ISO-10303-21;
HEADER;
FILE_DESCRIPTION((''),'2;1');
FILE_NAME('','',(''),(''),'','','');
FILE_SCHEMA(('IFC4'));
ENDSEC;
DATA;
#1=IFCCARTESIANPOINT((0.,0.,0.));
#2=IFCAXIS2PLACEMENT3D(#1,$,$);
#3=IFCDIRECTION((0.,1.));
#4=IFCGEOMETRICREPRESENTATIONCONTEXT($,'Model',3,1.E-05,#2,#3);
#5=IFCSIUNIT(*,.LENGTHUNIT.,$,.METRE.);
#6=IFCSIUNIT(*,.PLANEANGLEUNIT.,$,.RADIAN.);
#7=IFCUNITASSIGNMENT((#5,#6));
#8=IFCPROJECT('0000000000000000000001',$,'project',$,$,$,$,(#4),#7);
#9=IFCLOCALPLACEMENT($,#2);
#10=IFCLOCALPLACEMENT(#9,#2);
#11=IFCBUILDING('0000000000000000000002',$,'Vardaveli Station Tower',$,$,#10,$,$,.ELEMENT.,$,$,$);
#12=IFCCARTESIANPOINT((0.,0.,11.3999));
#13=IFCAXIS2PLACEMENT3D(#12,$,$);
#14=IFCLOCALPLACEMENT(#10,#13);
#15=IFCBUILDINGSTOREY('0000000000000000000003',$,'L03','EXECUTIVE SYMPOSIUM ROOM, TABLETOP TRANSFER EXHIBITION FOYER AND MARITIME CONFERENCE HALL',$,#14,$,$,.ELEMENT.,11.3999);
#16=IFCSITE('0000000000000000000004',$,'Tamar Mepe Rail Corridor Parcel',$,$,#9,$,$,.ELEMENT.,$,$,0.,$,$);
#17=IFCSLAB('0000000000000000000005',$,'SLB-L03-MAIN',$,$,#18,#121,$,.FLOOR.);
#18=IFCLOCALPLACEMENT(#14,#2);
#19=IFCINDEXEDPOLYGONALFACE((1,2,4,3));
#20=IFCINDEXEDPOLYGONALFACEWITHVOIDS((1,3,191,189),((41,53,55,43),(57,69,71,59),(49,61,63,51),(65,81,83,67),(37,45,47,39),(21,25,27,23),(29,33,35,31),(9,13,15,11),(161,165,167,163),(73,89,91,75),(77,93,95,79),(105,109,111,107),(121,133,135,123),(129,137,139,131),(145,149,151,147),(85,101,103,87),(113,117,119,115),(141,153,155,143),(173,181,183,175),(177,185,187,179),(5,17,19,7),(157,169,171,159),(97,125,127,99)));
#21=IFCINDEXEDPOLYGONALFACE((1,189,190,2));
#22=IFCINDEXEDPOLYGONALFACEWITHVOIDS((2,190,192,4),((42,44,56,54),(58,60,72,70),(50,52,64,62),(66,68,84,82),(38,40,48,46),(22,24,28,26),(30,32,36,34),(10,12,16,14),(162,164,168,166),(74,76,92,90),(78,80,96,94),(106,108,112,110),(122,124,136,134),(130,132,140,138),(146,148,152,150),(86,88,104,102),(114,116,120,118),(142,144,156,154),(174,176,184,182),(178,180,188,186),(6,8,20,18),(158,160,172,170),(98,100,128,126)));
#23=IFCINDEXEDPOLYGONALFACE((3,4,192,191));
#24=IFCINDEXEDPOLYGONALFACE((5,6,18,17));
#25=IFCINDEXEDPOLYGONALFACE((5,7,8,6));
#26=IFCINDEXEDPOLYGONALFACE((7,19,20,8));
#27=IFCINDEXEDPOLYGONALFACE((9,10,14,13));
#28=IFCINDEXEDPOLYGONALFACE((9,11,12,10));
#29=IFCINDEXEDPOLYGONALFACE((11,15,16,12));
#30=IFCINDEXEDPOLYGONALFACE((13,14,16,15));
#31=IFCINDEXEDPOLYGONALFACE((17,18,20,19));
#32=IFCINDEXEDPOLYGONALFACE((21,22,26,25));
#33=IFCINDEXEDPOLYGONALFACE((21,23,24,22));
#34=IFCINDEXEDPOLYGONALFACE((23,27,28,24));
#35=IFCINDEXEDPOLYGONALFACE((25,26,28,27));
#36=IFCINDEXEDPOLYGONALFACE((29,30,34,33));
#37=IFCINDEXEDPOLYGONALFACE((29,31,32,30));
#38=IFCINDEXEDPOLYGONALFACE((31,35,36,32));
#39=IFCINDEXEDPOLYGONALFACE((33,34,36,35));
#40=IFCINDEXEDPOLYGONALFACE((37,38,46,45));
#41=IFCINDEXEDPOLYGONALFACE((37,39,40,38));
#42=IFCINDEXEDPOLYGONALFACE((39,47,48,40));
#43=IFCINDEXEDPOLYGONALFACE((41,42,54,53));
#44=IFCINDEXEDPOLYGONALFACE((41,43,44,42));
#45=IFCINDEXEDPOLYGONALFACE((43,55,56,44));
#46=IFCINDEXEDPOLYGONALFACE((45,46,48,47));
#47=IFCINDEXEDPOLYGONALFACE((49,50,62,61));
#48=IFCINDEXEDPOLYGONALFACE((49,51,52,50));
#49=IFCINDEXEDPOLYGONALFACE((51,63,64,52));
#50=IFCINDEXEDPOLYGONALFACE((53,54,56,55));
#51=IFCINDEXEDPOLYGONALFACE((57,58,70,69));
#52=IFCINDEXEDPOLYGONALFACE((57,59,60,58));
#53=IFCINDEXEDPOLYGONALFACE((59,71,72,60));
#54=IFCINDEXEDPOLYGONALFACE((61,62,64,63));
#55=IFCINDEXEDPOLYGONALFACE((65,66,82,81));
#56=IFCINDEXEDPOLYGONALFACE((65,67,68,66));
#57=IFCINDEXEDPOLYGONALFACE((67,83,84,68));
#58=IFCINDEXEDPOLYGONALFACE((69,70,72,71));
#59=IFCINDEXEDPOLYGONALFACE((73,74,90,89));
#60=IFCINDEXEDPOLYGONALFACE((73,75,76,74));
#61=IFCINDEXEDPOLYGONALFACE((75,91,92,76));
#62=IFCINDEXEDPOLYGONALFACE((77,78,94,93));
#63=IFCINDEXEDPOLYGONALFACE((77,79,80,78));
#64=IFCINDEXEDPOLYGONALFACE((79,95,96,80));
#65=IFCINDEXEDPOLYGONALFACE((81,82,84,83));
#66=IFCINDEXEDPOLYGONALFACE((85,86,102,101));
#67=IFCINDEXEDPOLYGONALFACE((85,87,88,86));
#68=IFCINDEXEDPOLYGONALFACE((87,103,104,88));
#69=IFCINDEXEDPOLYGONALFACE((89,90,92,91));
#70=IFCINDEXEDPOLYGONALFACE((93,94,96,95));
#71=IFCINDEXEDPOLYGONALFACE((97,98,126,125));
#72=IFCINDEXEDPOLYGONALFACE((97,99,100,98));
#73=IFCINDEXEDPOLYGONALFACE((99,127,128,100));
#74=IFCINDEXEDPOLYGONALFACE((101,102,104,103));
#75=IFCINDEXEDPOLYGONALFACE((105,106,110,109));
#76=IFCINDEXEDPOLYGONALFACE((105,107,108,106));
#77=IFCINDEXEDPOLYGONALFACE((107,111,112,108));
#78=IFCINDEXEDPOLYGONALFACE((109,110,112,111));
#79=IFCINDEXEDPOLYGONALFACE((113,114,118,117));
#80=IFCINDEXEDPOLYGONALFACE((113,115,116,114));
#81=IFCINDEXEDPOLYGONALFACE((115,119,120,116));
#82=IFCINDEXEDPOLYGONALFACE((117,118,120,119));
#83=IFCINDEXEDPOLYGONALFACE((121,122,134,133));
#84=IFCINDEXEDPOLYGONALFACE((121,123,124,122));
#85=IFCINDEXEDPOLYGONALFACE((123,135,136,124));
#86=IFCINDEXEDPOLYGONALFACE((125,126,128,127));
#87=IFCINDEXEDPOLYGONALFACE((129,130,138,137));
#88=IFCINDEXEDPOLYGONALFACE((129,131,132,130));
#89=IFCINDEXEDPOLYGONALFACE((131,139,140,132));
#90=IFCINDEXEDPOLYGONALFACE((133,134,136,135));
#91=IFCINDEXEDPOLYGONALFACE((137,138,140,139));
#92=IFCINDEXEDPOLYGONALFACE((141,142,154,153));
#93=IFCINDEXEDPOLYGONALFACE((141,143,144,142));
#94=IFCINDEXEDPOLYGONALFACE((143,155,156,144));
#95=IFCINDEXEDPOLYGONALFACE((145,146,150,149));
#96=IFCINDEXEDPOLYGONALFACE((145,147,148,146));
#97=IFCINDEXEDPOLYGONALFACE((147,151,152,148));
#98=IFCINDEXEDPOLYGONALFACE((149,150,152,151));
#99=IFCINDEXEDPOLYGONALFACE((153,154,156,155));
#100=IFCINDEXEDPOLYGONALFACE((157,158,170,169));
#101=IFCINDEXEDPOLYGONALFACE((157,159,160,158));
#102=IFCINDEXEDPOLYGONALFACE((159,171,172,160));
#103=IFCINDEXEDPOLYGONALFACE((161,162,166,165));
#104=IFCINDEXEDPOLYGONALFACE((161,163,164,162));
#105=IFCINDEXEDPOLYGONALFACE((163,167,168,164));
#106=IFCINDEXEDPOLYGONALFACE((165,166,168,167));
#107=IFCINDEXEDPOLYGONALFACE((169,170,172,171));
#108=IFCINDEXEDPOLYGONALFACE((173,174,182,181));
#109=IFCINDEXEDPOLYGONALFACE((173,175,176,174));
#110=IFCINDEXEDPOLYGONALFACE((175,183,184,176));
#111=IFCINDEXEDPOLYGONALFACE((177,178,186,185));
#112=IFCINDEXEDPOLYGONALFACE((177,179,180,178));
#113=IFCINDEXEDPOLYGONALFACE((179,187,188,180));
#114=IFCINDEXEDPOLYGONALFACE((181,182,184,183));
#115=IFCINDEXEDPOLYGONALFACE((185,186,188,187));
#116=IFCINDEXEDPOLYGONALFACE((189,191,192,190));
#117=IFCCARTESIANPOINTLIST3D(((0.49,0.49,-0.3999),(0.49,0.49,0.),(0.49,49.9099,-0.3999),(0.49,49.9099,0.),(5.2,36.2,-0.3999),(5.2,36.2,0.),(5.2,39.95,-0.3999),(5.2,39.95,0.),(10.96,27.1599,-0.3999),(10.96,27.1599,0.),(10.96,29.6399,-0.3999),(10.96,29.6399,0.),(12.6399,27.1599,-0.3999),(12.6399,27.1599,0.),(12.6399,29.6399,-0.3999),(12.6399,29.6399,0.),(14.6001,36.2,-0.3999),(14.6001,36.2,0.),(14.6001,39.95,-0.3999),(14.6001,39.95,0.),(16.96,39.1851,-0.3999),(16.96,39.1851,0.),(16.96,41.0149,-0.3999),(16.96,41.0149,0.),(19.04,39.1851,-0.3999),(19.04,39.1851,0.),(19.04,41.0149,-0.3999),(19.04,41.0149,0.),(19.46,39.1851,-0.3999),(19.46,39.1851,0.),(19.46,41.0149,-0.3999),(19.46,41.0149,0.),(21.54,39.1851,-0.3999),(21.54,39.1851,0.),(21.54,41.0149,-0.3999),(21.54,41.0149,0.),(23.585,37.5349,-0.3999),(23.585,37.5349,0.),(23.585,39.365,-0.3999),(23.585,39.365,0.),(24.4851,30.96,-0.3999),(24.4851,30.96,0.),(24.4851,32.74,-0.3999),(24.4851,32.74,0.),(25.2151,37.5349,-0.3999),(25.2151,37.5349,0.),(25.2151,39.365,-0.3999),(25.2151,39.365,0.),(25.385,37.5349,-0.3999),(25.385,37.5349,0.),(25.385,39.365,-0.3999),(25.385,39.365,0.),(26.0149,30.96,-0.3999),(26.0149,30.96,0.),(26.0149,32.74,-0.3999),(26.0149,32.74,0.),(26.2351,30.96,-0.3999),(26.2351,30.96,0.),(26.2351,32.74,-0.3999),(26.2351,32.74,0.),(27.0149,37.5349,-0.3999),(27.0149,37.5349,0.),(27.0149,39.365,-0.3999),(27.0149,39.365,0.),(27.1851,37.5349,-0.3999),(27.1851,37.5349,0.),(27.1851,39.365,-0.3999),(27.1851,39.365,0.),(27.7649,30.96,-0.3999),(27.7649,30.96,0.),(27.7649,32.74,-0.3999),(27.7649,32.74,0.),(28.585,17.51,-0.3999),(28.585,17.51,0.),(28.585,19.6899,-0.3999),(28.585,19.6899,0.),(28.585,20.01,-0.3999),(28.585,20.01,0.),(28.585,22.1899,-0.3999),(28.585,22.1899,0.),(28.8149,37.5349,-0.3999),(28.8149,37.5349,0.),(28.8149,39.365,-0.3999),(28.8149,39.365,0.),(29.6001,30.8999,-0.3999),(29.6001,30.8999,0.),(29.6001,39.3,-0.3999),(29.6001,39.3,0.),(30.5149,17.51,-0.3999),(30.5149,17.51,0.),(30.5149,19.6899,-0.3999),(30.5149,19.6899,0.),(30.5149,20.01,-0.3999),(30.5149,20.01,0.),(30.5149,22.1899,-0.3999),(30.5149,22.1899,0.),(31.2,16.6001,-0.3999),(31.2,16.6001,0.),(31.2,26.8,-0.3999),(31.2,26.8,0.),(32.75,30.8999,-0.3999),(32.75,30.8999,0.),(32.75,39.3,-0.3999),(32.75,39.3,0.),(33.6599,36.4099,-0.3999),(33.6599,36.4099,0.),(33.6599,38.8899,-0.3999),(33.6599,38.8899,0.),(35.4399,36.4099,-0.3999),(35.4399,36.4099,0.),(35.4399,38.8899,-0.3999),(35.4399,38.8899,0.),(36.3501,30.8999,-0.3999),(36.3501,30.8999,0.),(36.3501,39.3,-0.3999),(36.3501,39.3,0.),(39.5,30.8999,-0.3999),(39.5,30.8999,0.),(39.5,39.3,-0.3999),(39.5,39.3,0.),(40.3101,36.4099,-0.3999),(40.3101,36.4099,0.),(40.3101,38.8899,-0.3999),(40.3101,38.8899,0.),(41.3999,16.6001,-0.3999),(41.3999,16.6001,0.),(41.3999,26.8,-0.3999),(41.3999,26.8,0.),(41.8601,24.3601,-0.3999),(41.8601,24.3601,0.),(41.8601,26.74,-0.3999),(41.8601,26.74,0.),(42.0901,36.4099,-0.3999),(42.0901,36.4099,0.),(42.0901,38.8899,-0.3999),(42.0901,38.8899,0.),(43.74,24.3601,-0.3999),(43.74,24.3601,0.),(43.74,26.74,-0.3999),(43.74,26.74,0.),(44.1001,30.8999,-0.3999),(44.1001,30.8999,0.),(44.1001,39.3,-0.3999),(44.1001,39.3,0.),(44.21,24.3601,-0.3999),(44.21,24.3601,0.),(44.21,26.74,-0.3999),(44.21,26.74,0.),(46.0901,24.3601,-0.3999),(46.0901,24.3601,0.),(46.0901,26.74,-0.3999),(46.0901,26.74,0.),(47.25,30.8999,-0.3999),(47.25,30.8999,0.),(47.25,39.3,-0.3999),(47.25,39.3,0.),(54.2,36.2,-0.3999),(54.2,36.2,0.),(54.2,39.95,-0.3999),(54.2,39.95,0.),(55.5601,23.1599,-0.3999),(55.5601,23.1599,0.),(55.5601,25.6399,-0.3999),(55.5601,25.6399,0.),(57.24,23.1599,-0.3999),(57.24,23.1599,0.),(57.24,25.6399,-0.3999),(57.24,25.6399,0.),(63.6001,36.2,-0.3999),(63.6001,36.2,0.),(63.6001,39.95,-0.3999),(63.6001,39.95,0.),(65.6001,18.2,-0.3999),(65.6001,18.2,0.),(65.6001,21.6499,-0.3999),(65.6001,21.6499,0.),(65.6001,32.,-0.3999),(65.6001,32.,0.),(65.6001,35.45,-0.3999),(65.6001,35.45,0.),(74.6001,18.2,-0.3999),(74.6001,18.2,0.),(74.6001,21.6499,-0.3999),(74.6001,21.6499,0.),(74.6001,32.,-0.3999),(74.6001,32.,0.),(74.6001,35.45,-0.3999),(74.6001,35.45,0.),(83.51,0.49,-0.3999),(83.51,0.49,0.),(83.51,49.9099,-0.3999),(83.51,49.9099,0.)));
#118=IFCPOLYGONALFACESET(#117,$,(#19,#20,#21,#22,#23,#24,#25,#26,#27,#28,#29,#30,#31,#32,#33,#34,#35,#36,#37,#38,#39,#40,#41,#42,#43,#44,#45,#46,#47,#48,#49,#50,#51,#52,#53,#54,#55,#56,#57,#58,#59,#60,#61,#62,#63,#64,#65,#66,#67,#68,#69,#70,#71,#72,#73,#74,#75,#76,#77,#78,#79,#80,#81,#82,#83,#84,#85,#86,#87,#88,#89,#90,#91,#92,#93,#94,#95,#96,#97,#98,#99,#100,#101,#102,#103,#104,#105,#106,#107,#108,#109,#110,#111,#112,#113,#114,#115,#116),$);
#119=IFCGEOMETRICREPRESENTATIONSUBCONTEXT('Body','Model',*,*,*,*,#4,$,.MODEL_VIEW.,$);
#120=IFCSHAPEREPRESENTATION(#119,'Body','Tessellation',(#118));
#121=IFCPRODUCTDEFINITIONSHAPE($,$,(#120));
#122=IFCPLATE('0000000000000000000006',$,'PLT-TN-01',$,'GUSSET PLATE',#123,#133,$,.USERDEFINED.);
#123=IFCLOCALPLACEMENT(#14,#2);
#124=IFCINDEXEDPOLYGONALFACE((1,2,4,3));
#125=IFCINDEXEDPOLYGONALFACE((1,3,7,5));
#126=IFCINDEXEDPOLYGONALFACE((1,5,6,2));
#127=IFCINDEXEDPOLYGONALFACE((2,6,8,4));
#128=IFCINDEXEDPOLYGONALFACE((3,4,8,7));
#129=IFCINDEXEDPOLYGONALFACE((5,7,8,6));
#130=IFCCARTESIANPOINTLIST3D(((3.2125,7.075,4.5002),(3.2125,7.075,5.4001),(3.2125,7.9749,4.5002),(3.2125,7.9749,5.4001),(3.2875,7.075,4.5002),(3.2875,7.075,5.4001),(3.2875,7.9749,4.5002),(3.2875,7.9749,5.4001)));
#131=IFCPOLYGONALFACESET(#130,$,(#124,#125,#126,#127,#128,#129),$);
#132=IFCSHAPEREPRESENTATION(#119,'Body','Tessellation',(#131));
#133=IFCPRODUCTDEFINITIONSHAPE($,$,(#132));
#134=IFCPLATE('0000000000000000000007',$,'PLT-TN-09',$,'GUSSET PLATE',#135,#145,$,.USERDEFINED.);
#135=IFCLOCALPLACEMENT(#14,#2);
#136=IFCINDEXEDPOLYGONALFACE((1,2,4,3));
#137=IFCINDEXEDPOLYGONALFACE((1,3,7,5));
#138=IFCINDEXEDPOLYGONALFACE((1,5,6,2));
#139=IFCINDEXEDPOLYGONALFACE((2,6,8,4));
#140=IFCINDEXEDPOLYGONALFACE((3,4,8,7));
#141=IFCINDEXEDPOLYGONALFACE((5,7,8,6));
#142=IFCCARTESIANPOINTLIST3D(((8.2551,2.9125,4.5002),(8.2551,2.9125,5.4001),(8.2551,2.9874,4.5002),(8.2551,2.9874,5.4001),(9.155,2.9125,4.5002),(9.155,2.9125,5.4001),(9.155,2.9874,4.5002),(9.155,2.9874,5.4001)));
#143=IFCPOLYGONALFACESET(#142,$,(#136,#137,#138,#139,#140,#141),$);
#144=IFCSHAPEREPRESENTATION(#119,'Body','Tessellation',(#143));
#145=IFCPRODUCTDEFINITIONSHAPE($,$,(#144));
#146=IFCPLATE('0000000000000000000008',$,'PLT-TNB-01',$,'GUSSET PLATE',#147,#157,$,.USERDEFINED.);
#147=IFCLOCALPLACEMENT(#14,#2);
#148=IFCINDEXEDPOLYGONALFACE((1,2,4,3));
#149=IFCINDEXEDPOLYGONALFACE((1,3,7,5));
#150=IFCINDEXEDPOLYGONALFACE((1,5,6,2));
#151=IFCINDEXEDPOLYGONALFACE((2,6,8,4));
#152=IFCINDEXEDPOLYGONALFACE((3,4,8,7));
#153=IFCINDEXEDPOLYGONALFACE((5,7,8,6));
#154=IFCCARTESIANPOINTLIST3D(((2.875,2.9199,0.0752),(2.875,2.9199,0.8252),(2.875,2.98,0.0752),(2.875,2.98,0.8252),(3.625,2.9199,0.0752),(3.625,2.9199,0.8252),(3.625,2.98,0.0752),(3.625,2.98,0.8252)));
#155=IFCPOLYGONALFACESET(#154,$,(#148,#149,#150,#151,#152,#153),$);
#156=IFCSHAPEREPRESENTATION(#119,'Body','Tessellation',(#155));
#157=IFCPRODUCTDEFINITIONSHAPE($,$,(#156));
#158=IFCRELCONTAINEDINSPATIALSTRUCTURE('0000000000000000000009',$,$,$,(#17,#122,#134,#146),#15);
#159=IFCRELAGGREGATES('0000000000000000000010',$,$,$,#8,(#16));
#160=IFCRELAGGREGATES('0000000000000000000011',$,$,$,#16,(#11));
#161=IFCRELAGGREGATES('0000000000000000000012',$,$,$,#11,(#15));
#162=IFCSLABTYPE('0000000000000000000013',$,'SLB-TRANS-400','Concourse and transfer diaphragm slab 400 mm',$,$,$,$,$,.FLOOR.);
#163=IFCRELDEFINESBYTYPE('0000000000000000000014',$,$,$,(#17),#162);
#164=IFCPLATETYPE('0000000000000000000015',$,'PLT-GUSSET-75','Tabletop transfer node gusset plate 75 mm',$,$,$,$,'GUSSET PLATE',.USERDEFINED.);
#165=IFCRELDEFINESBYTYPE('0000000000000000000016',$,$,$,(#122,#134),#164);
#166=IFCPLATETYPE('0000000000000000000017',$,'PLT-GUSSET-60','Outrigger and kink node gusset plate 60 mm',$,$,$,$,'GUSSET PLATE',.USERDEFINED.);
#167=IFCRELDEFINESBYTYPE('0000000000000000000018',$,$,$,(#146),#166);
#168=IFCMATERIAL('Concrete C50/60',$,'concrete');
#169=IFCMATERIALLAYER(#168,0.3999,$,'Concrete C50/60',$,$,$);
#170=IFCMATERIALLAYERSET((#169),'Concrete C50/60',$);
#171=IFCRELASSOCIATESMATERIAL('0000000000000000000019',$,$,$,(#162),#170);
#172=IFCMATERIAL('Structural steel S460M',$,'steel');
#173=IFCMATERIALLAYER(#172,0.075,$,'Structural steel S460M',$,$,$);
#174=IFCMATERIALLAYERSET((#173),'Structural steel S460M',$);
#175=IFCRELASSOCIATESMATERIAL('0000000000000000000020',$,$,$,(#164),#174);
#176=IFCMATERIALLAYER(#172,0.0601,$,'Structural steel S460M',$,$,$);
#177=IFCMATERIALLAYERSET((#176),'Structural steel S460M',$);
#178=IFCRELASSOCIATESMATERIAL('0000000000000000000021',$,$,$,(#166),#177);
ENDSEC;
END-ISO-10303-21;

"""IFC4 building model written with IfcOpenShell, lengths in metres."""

from ifc_helpers import new_model, si_unit, direction, frame, origin, origin_2d, place, context, subcontext, project, spatial, polyline, rectangle, outline, extrude, source, transform, mapped, material, layer, layer_set, type_object, element, save


model = new_model("IFC4")

# Units and contexts
model_context = context("Model", 3, precision=1e-05, world=origin(), true_north=direction((0.0, 1.0)))
body_context = subcontext(model_context, "Body", "Model", "MODEL_VIEW")
ifc_project = project(units=[si_unit("LENGTHUNIT", "METRE"), si_unit("PLANEANGLEUNIT", "RADIAN")], contexts=[model_context])

# Site, building, storey
site_placement = place(None, origin())
site = spatial("IfcSite", under=ifc_project, at=site_placement, Name="Tamar Mepe Rail Corridor Parcel", CompositionType="ELEMENT", RefElevation=0.0)
building_placement = place(site_placement, origin())
building = spatial("IfcBuilding", under=site, at=building_placement, Name="Vardaveli Station Tower", CompositionType="ELEMENT")
storey_placement = place(building_placement, frame((0.0, 0.0, 11.3999)))
storey = spatial("IfcBuildingStorey", under=building, at=storey_placement, Name="L03", Description="EXECUTIVE SYMPOSIUM ROOM, TABLETOP TRANSFER EXHIBITION FOYER AND MARITIME CONFERENCE HALL", CompositionType="ELEMENT", Elevation=11.3999)

# Shared definitions
ifc_material_1 = material(Name="Structural steel S460M", Category="steel")

# Slab
ifc_material_2 = material(Name="Concrete C50/60", Category="concrete")
ifc_layer_1 = layer(ifc_material_2, 0.3999, Name="Concrete C50/60")
ifc_layer_set_1 = layer_set([ifc_layer_1], Name="Concrete C50/60")
slab_type_1 = type_object("IfcSlabType", Name="SLB-TRANS-400", Description="Concourse and transfer diaphragm slab 400 mm", PredefinedType="FLOOR", material=ifc_layer_set_1)
slab_1_placement = place(storey_placement, frame((0.0, 0.0, -0.3999)))
element("IfcSlab", 1, at=slab_1_placement, inside=storey, type_object=slab_type_1, Name="SLB-L03-MAIN", PredefinedType="FLOOR", context=body_context, shape_type="SweptSolid", body=[
    extrude(outline(polyline([(0.49, 0.49), (83.51, 0.49), (83.51, 49.9099), (0.49, 49.9099), (0.49, 0.49)]), holes=[polyline([(31.2, 16.6001), (41.3999, 16.6001), (41.3999, 26.8), (31.2, 26.8), (31.2, 16.6001)]), polyline([(32.75, 30.8999), (32.75, 39.3), (29.6001, 39.3), (29.6001, 30.8999), (32.75, 30.8999)]), polyline([(39.5, 30.8999), (39.5, 39.3), (36.3501, 39.3), (36.3501, 30.8999), (39.5, 30.8999)]), polyline([(47.25, 30.8999), (47.25, 39.3), (44.1001, 39.3), (44.1001, 30.8999), (47.25, 30.8999)]), polyline([(5.2, 36.2), (14.6001, 36.2), (14.6001, 39.95), (5.2, 39.95), (5.2, 36.2)]), polyline([(54.2, 36.2), (63.6001, 36.2), (63.6001, 39.95), (54.2, 39.95), (54.2, 36.2)]), polyline([(65.6001, 18.2), (74.6001, 18.2), (74.6001, 21.6499), (65.6001, 21.6499), (65.6001, 18.2)]), polyline([(65.6001, 32.0), (74.6001, 32.0), (74.6001, 35.45), (65.6001, 35.45), (65.6001, 32.0)]), polyline([(10.96, 27.1599), (12.6399, 27.1599), (12.6399, 29.6399), (10.96, 29.6399), (10.96, 27.1599)]), polyline([(55.5601, 23.1599), (57.24, 23.1599), (57.24, 25.6399), (55.5601, 25.6399), (55.5601, 23.1599)]), polyline([(16.96, 39.1851), (19.04, 39.1851), (19.04, 41.0149), (16.96, 41.0149), (16.96, 39.1851)]), polyline([(19.46, 39.1851), (21.54, 39.1851), (21.54, 41.0149), (19.46, 41.0149), (19.46, 39.1851)]), polyline([(23.585, 37.5349), (25.2151, 37.5349), (25.2151, 39.365), (23.585, 39.365), (23.585, 37.5349)]), polyline([(25.385, 37.5349), (27.0149, 37.5349), (27.0149, 39.365), (25.385, 39.365), (25.385, 37.5349)]), polyline([(27.1851, 37.5349), (28.8149, 37.5349), (28.8149, 39.365), (27.1851, 39.365), (27.1851, 37.5349)]), polyline([(33.6599, 36.4099), (35.4399, 36.4099), (35.4399, 38.8899), (33.6599, 38.8899), (33.6599, 36.4099)]), polyline([(40.3101, 36.4099), (42.0901, 36.4099), (42.0901, 38.8899), (40.3101, 38.8899), (40.3101, 36.4099)]), polyline([(24.4851, 30.96), (26.0149, 30.96), (26.0149, 32.74), (24.4851, 32.74), (24.4851, 30.96)]), polyline([(26.2351, 30.96), (27.7649, 30.96), (27.7649, 32.74), (26.2351, 32.74), (26.2351, 30.96)]), polyline([(28.585, 17.51), (30.5149, 17.51), (30.5149, 19.6899), (28.585, 19.6899), (28.585, 17.51)]), polyline([(28.585, 20.01), (30.5149, 20.01), (30.5149, 22.1899), (28.585, 22.1899), (28.585, 20.01)]), polyline([(41.8601, 24.3601), (43.74, 24.3601), (43.74, 26.74), (41.8601, 26.74), (41.8601, 24.3601)]), polyline([(44.21, 24.3601), (46.0901, 24.3601), (46.0901, 26.74), (44.21, 26.74), (44.21, 24.3601)])]), origin(), (0.0, 0.0, 1.0), 0.3999),
])

# Plates
ifc_layer_2 = layer(ifc_material_1, 0.075, Name="Structural steel S460M")
ifc_layer_set_2 = layer_set([ifc_layer_2], Name="Structural steel S460M")
plate_type_1 = type_object("IfcPlateType", Name="PLT-GUSSET-75", Description="Tabletop transfer node gusset plate 75 mm", ElementType="GUSSET PLATE", PredefinedType="USERDEFINED", material=ifc_layer_set_2)
shared_shape_1 = source(origin(), body_context, "Body", "SweptSolid", [
    extrude(rectangle(XDim=0.8999, YDim=0.075, at=origin_2d()), origin(), (0.0, 0.0, 1.0), 0.8999),
])
for number, where, z_axis, x_axis, name in (
    (2, (3.25, 7.5249, 4.5002), (0.0, 0.0, 1.0), (0.0, 1.0, 0.0), "PLT-TN-01"),
    (3, (8.7051, 2.95, 4.5002), (0.0, 0.0, 1.0), (1.0, 0.0, 0.0), "PLT-TN-09"),
):
    element("IfcPlate", number, at=place(storey_placement, frame(where, z_axis=z_axis, x_axis=x_axis)), inside=storey, type_object=plate_type_1, Name=name, ObjectType="GUSSET PLATE", PredefinedType="USERDEFINED", context=body_context, shape_type="MappedRepresentation", body=[
        mapped(shared_shape_1, transform((0.0, 0.0, 0.0), scale=1.0)),
    ])
ifc_layer_3 = layer(ifc_material_1, 0.0601, Name="Structural steel S460M")
ifc_layer_set_3 = layer_set([ifc_layer_3], Name="Structural steel S460M")
plate_type_2 = type_object("IfcPlateType", Name="PLT-GUSSET-60", Description="Outrigger and kink node gusset plate 60 mm", ElementType="GUSSET PLATE", PredefinedType="USERDEFINED", material=ifc_layer_set_3)
shared_shape_2 = source(origin(), body_context, "Body", "SweptSolid", [
    extrude(rectangle(XDim=0.75, YDim=0.0601, at=origin_2d()), origin(), (0.0, 0.0, 1.0), 0.75),
])
plate_placement = place(storey_placement, frame((3.25, 2.95, 0.0752), z_axis=(0.0, 0.0, 1.0), x_axis=(1.0, 0.0, 0.0)))
element("IfcPlate", 4, at=plate_placement, inside=storey, type_object=plate_type_2, Name="PLT-TNB-01", ObjectType="GUSSET PLATE", PredefinedType="USERDEFINED", context=body_context, shape_type="MappedRepresentation", body=[
    mapped(shared_shape_2, transform((0.0, 0.0, 0.0), scale=1.0)),
])

save(model, "model.ifc")
